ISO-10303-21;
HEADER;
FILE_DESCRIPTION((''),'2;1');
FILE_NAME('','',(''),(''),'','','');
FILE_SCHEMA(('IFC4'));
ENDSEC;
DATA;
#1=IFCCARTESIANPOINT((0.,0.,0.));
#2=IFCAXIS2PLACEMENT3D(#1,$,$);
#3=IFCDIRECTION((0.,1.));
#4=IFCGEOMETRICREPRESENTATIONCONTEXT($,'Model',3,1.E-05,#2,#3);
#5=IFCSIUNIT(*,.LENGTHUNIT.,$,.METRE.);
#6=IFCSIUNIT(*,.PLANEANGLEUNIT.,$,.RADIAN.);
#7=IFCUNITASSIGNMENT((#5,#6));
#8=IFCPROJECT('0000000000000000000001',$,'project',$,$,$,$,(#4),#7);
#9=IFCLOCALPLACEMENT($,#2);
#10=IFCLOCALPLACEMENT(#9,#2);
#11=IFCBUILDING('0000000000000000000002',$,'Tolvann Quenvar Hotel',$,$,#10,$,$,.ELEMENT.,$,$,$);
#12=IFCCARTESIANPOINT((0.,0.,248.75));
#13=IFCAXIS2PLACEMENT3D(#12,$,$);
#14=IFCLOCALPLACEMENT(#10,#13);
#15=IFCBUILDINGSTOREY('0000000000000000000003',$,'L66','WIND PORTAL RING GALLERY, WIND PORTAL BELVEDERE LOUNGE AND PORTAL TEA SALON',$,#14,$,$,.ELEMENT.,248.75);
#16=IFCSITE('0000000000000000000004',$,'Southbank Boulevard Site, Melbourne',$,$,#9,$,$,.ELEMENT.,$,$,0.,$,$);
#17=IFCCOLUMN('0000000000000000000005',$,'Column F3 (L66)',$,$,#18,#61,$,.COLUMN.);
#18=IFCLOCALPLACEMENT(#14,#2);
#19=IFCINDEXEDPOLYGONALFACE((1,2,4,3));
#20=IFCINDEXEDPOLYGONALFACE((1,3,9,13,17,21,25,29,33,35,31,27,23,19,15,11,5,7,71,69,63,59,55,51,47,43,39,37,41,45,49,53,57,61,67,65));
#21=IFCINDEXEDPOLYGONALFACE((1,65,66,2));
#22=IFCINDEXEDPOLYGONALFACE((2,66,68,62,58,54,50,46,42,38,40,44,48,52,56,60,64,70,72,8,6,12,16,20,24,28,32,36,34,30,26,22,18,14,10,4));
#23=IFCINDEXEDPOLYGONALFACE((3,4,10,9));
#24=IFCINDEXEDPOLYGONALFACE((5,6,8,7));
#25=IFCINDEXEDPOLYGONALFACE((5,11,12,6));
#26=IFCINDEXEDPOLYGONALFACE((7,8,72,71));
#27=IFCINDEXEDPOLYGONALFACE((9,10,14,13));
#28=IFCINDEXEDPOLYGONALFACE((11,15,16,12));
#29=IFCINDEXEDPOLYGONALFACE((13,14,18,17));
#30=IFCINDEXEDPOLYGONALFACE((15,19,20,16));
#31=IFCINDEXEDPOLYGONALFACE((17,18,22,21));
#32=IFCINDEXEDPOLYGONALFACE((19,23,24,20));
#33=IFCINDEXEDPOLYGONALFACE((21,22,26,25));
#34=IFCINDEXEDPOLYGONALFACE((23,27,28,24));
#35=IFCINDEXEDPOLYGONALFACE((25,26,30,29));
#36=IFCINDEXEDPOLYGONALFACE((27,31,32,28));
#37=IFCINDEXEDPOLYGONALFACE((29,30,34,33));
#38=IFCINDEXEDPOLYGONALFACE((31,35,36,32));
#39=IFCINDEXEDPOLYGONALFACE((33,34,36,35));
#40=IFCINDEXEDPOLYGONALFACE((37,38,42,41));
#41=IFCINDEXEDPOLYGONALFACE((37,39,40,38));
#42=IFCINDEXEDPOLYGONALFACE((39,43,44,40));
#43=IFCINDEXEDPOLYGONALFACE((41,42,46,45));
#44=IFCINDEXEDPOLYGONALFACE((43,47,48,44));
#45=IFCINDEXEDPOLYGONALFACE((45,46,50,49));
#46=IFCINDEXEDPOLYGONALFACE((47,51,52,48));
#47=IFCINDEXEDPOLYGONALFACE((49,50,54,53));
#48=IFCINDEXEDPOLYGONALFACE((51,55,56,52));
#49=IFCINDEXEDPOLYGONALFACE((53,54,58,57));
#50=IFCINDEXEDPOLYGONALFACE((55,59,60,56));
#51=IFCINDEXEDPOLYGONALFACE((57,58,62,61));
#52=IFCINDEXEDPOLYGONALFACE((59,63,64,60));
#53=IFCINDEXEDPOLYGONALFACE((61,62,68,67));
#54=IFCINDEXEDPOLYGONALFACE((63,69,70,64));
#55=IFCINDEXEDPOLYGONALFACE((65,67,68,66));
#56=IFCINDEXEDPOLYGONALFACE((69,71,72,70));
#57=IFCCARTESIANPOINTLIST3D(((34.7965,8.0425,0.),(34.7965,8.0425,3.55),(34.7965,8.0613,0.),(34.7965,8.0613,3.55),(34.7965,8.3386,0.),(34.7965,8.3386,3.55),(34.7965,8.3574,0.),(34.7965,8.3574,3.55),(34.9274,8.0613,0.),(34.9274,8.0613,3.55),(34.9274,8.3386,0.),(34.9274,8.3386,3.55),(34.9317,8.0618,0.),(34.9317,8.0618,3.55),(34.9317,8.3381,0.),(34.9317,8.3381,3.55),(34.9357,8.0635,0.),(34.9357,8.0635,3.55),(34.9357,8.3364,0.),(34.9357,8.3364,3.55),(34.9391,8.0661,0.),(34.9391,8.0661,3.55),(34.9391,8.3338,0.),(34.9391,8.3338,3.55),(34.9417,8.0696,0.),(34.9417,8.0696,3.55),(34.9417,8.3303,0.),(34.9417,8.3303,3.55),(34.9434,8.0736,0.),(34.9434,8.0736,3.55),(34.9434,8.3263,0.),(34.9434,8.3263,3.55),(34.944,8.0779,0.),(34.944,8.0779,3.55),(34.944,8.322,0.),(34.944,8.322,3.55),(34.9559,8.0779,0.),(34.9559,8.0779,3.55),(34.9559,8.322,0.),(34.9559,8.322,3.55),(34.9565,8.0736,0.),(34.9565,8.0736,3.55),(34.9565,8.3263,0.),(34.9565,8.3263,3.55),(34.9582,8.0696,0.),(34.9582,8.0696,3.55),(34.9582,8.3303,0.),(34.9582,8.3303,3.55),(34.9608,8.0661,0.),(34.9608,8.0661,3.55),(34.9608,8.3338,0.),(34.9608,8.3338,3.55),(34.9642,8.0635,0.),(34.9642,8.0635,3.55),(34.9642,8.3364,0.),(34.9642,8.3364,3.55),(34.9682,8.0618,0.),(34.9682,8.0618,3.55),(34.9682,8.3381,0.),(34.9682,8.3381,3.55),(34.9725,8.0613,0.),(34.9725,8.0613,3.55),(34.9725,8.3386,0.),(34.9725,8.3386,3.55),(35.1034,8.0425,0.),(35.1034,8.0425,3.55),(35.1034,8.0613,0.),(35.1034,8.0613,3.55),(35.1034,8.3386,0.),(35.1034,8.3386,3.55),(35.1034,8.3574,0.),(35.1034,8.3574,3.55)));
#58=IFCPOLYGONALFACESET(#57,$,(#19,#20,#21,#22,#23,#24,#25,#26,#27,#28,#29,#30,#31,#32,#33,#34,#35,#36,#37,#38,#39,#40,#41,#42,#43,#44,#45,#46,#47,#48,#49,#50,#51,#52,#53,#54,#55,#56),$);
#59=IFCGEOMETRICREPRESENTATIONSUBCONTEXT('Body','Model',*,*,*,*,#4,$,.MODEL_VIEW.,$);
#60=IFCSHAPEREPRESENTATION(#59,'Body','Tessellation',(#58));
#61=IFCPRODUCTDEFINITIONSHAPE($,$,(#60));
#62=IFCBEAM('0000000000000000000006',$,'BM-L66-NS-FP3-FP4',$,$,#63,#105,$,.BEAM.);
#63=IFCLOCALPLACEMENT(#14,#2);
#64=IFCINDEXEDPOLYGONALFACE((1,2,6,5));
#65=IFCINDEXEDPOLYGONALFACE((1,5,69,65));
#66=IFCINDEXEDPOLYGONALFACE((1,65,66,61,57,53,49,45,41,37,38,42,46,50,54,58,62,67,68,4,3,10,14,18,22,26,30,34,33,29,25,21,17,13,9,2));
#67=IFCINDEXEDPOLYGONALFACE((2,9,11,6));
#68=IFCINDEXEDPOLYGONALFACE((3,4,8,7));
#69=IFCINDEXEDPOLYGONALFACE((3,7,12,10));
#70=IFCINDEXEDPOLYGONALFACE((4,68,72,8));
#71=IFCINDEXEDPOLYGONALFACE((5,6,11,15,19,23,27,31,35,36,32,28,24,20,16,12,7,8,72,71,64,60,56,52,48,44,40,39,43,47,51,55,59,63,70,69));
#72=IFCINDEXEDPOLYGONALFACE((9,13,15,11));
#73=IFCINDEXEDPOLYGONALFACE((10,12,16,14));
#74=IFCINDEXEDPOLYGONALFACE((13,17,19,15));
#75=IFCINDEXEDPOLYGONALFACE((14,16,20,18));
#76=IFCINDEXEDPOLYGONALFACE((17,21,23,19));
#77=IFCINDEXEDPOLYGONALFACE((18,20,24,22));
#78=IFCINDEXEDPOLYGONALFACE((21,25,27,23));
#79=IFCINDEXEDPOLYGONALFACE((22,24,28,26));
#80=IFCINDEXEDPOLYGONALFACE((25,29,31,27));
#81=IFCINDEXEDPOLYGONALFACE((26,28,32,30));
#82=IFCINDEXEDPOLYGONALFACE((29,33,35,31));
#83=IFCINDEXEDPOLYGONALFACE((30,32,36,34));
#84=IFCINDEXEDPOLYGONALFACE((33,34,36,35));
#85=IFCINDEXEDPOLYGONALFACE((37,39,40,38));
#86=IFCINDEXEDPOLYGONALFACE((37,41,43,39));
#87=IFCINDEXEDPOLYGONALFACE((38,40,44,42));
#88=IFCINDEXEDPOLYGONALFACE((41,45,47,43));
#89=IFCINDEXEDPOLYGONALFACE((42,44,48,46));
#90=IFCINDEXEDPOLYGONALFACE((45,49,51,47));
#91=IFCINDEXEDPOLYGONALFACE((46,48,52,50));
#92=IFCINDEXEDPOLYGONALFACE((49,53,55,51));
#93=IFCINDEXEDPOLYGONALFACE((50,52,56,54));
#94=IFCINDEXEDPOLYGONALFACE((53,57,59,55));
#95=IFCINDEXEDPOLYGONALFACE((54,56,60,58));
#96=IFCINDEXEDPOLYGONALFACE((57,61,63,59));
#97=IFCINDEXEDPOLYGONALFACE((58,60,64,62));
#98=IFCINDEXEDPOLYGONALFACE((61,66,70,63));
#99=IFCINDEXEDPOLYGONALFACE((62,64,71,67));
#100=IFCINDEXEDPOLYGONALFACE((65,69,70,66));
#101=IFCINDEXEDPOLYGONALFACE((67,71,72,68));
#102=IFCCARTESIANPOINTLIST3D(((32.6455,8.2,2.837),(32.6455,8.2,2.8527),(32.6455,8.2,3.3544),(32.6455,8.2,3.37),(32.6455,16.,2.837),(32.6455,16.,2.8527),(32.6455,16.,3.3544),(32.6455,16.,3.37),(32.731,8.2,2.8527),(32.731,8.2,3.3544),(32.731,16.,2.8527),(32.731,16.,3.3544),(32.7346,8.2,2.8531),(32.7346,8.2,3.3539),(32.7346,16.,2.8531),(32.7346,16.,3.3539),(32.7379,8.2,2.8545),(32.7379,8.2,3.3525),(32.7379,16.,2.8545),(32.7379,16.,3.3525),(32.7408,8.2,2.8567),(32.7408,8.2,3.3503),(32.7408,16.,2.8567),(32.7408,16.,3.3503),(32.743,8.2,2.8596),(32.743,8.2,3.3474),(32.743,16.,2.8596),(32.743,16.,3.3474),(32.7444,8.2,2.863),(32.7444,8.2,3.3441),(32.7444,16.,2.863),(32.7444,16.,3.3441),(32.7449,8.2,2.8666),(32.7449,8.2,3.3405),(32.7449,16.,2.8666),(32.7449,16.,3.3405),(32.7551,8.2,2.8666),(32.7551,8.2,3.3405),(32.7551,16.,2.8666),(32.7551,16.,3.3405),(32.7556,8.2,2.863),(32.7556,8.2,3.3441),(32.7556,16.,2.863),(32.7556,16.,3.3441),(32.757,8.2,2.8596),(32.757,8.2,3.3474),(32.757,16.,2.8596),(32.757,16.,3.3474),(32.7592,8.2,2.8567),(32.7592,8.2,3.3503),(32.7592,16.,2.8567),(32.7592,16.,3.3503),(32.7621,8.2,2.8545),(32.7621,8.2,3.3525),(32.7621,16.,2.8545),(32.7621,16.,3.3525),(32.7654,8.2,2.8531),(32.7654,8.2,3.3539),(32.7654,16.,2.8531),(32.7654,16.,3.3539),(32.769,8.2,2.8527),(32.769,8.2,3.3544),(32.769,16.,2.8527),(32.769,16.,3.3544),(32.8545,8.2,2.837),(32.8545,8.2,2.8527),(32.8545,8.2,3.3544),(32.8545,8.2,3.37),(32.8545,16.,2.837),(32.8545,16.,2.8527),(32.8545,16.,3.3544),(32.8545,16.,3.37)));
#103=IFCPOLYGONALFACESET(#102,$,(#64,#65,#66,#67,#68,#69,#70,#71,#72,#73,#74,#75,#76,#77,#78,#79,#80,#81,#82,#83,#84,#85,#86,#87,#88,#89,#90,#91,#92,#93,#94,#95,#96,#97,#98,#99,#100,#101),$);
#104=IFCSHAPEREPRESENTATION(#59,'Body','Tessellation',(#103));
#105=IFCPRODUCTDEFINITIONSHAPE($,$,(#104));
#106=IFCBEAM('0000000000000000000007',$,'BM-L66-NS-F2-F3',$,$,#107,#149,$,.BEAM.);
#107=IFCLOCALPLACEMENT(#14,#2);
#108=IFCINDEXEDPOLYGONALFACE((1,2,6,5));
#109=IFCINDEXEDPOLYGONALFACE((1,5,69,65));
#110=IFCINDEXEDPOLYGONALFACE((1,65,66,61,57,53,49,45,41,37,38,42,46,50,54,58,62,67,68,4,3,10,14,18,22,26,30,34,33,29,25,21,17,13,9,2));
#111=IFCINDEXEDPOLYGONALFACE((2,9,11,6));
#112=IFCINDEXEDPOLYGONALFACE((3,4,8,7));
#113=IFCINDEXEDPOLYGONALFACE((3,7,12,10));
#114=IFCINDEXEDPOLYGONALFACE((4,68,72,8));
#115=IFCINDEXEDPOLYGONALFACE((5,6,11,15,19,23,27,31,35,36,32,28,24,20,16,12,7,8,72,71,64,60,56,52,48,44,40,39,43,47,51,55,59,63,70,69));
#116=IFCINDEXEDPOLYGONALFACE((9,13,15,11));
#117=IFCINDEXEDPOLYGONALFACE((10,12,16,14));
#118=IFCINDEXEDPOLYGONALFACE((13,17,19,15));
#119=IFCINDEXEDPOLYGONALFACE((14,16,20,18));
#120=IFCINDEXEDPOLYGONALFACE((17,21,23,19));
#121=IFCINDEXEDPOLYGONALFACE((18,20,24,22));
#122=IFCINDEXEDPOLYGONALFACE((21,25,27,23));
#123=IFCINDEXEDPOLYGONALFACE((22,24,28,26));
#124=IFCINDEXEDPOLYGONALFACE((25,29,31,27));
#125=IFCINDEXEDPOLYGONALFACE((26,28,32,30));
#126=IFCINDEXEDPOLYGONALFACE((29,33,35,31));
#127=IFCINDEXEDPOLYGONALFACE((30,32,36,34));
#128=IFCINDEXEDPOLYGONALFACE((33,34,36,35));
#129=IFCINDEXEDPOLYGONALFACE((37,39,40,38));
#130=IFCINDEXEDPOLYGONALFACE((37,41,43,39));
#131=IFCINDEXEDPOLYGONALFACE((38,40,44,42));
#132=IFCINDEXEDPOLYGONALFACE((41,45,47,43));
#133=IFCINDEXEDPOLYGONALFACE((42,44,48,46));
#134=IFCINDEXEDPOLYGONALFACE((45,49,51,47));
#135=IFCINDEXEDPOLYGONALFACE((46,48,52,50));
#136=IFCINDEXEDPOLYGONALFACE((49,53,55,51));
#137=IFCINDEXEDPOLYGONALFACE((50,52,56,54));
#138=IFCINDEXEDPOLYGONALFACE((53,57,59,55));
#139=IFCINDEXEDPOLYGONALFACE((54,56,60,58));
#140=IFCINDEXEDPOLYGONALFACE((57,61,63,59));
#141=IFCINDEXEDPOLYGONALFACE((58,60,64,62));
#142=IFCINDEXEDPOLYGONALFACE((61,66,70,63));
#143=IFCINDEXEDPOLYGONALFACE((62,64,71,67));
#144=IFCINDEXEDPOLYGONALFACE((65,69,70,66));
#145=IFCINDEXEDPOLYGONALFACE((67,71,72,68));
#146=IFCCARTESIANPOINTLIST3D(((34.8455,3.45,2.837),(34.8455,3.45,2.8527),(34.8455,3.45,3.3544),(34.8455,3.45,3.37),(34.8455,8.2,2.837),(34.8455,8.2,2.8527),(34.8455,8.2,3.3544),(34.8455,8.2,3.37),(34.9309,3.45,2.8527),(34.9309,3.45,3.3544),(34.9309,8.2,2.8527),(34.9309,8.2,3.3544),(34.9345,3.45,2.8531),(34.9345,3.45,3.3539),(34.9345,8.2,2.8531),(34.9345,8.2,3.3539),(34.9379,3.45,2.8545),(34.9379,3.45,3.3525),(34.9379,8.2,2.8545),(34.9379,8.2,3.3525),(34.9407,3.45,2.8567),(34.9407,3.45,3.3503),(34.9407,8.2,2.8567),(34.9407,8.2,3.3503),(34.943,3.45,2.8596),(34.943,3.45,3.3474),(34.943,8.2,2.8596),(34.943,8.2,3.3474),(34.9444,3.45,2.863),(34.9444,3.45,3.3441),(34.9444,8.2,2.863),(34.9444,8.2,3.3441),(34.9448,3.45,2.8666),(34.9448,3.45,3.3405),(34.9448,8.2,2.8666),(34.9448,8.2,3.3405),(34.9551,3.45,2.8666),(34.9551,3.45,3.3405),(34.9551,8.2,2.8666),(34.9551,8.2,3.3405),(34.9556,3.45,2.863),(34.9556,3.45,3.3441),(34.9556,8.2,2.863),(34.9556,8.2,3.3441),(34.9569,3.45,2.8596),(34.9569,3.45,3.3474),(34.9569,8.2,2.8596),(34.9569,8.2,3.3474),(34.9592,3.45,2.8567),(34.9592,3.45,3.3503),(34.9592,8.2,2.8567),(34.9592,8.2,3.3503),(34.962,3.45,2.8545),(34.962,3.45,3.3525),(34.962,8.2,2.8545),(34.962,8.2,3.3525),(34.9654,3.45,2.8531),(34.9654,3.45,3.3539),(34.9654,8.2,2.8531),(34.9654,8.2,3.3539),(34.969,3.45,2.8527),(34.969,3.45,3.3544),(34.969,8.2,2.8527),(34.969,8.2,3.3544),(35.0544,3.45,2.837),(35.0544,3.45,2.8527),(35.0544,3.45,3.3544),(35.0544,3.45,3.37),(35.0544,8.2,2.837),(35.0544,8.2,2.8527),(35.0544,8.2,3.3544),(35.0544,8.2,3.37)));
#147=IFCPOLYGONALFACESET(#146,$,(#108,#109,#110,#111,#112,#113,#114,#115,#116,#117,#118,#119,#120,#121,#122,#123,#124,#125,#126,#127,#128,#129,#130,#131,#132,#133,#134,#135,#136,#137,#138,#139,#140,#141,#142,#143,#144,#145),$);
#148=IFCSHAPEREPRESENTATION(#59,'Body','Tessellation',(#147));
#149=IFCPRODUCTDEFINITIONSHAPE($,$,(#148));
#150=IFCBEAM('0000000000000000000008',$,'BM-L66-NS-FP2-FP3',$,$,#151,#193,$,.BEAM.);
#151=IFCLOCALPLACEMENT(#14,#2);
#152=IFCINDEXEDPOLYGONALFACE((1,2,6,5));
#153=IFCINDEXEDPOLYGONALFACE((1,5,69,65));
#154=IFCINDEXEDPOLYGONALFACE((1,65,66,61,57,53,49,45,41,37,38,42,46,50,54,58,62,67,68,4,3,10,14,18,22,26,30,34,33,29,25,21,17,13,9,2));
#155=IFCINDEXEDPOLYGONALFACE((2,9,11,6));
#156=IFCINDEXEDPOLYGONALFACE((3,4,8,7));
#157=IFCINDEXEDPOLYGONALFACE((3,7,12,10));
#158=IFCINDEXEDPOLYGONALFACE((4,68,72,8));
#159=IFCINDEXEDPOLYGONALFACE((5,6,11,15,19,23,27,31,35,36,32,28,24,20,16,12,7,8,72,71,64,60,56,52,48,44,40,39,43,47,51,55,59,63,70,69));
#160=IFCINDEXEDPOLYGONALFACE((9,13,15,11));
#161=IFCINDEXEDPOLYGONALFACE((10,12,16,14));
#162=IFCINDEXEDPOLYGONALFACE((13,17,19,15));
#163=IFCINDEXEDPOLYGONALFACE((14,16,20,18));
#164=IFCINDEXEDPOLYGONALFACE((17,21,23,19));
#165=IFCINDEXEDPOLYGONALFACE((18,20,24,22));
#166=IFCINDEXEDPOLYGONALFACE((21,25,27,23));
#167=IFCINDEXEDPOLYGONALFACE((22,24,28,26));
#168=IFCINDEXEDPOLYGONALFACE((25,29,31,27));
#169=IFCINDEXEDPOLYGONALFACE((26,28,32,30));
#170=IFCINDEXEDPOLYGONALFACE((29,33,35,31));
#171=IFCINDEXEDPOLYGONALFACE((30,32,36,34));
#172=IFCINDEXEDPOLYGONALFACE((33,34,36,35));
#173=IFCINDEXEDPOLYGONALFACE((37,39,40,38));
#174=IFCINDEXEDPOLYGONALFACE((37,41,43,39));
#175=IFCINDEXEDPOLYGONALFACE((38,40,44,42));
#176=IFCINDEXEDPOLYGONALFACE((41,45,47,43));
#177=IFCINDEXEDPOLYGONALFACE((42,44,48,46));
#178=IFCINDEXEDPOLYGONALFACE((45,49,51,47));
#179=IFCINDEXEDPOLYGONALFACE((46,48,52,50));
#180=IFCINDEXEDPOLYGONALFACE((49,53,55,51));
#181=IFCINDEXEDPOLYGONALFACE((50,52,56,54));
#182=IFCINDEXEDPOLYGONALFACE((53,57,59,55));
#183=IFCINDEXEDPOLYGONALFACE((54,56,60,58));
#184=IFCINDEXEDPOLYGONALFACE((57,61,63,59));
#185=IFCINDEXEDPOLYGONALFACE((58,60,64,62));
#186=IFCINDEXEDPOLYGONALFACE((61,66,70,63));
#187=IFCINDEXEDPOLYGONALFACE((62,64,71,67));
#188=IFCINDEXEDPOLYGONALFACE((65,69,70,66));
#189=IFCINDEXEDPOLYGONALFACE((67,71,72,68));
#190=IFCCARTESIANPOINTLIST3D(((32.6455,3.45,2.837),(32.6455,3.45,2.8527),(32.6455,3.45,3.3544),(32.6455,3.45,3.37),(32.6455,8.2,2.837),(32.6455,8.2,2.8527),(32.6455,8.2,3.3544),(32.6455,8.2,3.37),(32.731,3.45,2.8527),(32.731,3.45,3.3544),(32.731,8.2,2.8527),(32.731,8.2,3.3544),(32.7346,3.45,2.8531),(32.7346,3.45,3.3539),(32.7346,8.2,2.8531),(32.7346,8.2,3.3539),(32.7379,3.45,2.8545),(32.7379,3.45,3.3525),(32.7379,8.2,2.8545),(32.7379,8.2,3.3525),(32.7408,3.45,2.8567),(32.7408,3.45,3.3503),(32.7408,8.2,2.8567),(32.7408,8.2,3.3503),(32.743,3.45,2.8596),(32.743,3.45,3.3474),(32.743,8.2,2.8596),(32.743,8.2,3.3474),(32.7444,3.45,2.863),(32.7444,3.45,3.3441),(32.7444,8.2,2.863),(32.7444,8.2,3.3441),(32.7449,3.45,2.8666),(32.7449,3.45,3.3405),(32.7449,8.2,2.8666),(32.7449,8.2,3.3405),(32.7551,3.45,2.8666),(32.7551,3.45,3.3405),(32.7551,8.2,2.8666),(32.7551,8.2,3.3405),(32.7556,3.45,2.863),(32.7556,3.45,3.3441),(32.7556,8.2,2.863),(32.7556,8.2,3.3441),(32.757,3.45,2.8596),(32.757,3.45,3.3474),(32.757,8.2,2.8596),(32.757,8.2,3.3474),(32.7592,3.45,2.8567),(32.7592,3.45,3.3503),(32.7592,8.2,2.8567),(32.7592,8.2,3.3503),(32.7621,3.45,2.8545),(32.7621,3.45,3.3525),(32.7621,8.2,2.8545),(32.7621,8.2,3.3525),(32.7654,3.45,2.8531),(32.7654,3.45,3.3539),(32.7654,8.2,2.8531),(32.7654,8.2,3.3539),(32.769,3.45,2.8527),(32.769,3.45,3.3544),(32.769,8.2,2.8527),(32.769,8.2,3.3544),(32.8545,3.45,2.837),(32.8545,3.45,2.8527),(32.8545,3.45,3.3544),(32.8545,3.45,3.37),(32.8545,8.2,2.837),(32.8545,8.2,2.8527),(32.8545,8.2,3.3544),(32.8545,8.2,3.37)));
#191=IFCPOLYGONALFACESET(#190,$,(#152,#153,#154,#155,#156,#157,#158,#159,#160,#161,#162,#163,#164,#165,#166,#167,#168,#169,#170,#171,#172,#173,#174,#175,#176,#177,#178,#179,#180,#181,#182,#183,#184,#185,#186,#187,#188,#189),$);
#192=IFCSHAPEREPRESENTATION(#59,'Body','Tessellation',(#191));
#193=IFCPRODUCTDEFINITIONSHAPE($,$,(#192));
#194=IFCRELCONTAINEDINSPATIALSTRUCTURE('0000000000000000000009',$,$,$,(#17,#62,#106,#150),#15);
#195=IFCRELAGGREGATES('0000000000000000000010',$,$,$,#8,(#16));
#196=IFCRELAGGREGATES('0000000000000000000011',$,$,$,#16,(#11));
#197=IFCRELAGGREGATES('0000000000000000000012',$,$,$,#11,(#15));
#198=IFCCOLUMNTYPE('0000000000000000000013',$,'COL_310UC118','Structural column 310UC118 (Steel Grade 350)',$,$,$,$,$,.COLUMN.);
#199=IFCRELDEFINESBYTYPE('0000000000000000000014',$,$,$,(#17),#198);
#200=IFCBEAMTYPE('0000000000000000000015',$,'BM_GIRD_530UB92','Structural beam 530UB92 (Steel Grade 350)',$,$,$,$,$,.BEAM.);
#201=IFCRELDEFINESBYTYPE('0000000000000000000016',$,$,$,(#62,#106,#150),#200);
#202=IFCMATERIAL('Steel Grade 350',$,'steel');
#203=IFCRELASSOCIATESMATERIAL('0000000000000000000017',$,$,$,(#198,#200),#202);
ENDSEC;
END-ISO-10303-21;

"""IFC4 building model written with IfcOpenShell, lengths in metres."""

from ifc_helpers import new_model, si_unit, direction, frame, origin, origin_2d, place, context, subcontext, project, spatial, i_section, extrude, source, transform, mapped, material, material_profile, profile_set, type_object, type_shapes, element, save


model = new_model("IFC4")

# Units and contexts
model_context = context("Model", 3, precision=1e-05, world=origin(), true_north=direction((0.0, 1.0)))
body_context = subcontext(model_context, "Body", "Model", "MODEL_VIEW")
ifc_project = project(units=[si_unit("LENGTHUNIT", "METRE"), si_unit("PLANEANGLEUNIT", "RADIAN")], contexts=[model_context])

# Site, building, storey
site_placement = place(None, origin())
site = spatial("IfcSite", under=ifc_project, at=site_placement, Name="Southbank Boulevard Site, Melbourne", CompositionType="ELEMENT", RefElevation=0.0)
building_placement = place(site_placement, origin())
building = spatial("IfcBuilding", under=site, at=building_placement, Name="Tolvann Quenvar Hotel", CompositionType="ELEMENT")
storey_placement = place(building_placement, frame((0.0, 0.0, 248.75)))
storey = spatial("IfcBuildingStorey", under=building, at=storey_placement, Name="L66", Description="WIND PORTAL RING GALLERY, WIND PORTAL BELVEDERE LOUNGE AND PORTAL TEA SALON", CompositionType="ELEMENT", Elevation=248.75)

# Column
ifc_material_1 = material(Name="Steel Grade 350", Category="steel")
ifc_material_profile_1 = material_profile(ifc_material_1, i_section(OverallWidth=0.3069, OverallDepth=0.3149, WebThickness=0.012, FlangeThickness=0.0188, FilletRadius=0.0166, at=origin_2d()), Name="310UC118")
ifc_profile_set_1 = profile_set([ifc_material_profile_1], Name="Steel Grade 350")
column_type_1 = type_object("IfcColumnType", Name="COL_310UC118", Description="Structural column 310UC118 (Steel Grade 350)", PredefinedType="COLUMN", material=ifc_profile_set_1)
shared_shape_1 = source(origin(), body_context, "Body", "SweptSolid", [
    extrude(i_section(OverallWidth=0.3069, OverallDepth=0.3149, WebThickness=0.012, FlangeThickness=0.0188, FilletRadius=0.0166, at=origin_2d()), origin(), (0.0, 0.0, 1.0), 3.55),
])
type_shapes(column_type_1, [shared_shape_1])
column_placement = place(storey_placement, frame((34.95, 8.2, 0.0), z_axis=(0.0, 0.0, 1.0), x_axis=(1.0, 0.0, 0.0)))
element("IfcColumn", 1, at=column_placement, inside=storey, type_object=column_type_1, Name="Column F3 (L66)", PredefinedType="COLUMN", context=body_context, shape_type="MappedRepresentation", body=[
    mapped(shared_shape_1, transform((0.0, 0.0, 0.0), x_axis=(1.0, 0.0, 0.0), y_axis=(0.0, 1.0, 0.0), z_axis=(0.0, 0.0, 1.0), scale=1.0)),
])

# Beams
ifc_material_profile_2 = material_profile(ifc_material_1, i_section(OverallWidth=0.209, OverallDepth=0.533, WebThickness=0.0103, FlangeThickness=0.0156, FilletRadius=0.0139, at=origin_2d()), Name="530UB92")
ifc_profile_set_2 = profile_set([ifc_material_profile_2], Name="Steel Grade 350")
beam_type_1 = type_object("IfcBeamType", Name="BM_GIRD_530UB92", Description="Structural beam 530UB92 (Steel Grade 350)", PredefinedType="BEAM", material=ifc_profile_set_2)
shared_shape_2 = source(origin(), body_context, "Body", "SweptSolid", [
    extrude(i_section(OverallWidth=0.209, OverallDepth=0.533, WebThickness=0.0103, FlangeThickness=0.0156, FilletRadius=0.0139, at=origin_2d()), origin(), (0.0, 0.0, 1.0), 7.8),
])
beam_1_placement = place(storey_placement, frame((32.75, 8.2, 3.1035), z_axis=(0.0, 1.0, 0.0), x_axis=(-1.0, 0.0, 0.0)))
element("IfcBeam", 2, at=beam_1_placement, inside=storey, type_object=beam_type_1, Name="BM-L66-NS-FP3-FP4", PredefinedType="BEAM", context=body_context, shape_type="MappedRepresentation", body=[
    mapped(shared_shape_2, transform((0.0, 0.0, 0.0), x_axis=(1.0, 0.0, 0.0), y_axis=(0.0, 1.0, 0.0), z_axis=(0.0, 0.0, 1.0), scale=1.0)),
])
shared_shape_3 = source(origin(), body_context, "Body", "SweptSolid", [
    extrude(i_section(OverallWidth=0.209, OverallDepth=0.533, WebThickness=0.0103, FlangeThickness=0.0156, FilletRadius=0.0139, at=origin_2d()), origin(), (0.0, 0.0, 1.0), 4.75),
])
for number, where, z_axis, x_axis, name in (
    (3, (34.95, 3.45, 3.1035), (0.0, 1.0, 0.0), (-1.0, 0.0, 0.0), "BM-L66-NS-F2-F3"),
    (4, (32.75, 3.45, 3.1035), (0.0, 1.0, 0.0), (-1.0, 0.0, 0.0), "BM-L66-NS-FP2-FP3"),
):
    element("IfcBeam", number, at=place(storey_placement, frame(where, z_axis=z_axis, x_axis=x_axis)), inside=storey, type_object=beam_type_1, Name=name, PredefinedType="BEAM", context=body_context, shape_type="MappedRepresentation", body=[
        mapped(shared_shape_3, transform((0.0, 0.0, 0.0), x_axis=(1.0, 0.0, 0.0), y_axis=(0.0, 1.0, 0.0), z_axis=(0.0, 0.0, 1.0), scale=1.0)),
    ])

save(model, "model.ifc")
